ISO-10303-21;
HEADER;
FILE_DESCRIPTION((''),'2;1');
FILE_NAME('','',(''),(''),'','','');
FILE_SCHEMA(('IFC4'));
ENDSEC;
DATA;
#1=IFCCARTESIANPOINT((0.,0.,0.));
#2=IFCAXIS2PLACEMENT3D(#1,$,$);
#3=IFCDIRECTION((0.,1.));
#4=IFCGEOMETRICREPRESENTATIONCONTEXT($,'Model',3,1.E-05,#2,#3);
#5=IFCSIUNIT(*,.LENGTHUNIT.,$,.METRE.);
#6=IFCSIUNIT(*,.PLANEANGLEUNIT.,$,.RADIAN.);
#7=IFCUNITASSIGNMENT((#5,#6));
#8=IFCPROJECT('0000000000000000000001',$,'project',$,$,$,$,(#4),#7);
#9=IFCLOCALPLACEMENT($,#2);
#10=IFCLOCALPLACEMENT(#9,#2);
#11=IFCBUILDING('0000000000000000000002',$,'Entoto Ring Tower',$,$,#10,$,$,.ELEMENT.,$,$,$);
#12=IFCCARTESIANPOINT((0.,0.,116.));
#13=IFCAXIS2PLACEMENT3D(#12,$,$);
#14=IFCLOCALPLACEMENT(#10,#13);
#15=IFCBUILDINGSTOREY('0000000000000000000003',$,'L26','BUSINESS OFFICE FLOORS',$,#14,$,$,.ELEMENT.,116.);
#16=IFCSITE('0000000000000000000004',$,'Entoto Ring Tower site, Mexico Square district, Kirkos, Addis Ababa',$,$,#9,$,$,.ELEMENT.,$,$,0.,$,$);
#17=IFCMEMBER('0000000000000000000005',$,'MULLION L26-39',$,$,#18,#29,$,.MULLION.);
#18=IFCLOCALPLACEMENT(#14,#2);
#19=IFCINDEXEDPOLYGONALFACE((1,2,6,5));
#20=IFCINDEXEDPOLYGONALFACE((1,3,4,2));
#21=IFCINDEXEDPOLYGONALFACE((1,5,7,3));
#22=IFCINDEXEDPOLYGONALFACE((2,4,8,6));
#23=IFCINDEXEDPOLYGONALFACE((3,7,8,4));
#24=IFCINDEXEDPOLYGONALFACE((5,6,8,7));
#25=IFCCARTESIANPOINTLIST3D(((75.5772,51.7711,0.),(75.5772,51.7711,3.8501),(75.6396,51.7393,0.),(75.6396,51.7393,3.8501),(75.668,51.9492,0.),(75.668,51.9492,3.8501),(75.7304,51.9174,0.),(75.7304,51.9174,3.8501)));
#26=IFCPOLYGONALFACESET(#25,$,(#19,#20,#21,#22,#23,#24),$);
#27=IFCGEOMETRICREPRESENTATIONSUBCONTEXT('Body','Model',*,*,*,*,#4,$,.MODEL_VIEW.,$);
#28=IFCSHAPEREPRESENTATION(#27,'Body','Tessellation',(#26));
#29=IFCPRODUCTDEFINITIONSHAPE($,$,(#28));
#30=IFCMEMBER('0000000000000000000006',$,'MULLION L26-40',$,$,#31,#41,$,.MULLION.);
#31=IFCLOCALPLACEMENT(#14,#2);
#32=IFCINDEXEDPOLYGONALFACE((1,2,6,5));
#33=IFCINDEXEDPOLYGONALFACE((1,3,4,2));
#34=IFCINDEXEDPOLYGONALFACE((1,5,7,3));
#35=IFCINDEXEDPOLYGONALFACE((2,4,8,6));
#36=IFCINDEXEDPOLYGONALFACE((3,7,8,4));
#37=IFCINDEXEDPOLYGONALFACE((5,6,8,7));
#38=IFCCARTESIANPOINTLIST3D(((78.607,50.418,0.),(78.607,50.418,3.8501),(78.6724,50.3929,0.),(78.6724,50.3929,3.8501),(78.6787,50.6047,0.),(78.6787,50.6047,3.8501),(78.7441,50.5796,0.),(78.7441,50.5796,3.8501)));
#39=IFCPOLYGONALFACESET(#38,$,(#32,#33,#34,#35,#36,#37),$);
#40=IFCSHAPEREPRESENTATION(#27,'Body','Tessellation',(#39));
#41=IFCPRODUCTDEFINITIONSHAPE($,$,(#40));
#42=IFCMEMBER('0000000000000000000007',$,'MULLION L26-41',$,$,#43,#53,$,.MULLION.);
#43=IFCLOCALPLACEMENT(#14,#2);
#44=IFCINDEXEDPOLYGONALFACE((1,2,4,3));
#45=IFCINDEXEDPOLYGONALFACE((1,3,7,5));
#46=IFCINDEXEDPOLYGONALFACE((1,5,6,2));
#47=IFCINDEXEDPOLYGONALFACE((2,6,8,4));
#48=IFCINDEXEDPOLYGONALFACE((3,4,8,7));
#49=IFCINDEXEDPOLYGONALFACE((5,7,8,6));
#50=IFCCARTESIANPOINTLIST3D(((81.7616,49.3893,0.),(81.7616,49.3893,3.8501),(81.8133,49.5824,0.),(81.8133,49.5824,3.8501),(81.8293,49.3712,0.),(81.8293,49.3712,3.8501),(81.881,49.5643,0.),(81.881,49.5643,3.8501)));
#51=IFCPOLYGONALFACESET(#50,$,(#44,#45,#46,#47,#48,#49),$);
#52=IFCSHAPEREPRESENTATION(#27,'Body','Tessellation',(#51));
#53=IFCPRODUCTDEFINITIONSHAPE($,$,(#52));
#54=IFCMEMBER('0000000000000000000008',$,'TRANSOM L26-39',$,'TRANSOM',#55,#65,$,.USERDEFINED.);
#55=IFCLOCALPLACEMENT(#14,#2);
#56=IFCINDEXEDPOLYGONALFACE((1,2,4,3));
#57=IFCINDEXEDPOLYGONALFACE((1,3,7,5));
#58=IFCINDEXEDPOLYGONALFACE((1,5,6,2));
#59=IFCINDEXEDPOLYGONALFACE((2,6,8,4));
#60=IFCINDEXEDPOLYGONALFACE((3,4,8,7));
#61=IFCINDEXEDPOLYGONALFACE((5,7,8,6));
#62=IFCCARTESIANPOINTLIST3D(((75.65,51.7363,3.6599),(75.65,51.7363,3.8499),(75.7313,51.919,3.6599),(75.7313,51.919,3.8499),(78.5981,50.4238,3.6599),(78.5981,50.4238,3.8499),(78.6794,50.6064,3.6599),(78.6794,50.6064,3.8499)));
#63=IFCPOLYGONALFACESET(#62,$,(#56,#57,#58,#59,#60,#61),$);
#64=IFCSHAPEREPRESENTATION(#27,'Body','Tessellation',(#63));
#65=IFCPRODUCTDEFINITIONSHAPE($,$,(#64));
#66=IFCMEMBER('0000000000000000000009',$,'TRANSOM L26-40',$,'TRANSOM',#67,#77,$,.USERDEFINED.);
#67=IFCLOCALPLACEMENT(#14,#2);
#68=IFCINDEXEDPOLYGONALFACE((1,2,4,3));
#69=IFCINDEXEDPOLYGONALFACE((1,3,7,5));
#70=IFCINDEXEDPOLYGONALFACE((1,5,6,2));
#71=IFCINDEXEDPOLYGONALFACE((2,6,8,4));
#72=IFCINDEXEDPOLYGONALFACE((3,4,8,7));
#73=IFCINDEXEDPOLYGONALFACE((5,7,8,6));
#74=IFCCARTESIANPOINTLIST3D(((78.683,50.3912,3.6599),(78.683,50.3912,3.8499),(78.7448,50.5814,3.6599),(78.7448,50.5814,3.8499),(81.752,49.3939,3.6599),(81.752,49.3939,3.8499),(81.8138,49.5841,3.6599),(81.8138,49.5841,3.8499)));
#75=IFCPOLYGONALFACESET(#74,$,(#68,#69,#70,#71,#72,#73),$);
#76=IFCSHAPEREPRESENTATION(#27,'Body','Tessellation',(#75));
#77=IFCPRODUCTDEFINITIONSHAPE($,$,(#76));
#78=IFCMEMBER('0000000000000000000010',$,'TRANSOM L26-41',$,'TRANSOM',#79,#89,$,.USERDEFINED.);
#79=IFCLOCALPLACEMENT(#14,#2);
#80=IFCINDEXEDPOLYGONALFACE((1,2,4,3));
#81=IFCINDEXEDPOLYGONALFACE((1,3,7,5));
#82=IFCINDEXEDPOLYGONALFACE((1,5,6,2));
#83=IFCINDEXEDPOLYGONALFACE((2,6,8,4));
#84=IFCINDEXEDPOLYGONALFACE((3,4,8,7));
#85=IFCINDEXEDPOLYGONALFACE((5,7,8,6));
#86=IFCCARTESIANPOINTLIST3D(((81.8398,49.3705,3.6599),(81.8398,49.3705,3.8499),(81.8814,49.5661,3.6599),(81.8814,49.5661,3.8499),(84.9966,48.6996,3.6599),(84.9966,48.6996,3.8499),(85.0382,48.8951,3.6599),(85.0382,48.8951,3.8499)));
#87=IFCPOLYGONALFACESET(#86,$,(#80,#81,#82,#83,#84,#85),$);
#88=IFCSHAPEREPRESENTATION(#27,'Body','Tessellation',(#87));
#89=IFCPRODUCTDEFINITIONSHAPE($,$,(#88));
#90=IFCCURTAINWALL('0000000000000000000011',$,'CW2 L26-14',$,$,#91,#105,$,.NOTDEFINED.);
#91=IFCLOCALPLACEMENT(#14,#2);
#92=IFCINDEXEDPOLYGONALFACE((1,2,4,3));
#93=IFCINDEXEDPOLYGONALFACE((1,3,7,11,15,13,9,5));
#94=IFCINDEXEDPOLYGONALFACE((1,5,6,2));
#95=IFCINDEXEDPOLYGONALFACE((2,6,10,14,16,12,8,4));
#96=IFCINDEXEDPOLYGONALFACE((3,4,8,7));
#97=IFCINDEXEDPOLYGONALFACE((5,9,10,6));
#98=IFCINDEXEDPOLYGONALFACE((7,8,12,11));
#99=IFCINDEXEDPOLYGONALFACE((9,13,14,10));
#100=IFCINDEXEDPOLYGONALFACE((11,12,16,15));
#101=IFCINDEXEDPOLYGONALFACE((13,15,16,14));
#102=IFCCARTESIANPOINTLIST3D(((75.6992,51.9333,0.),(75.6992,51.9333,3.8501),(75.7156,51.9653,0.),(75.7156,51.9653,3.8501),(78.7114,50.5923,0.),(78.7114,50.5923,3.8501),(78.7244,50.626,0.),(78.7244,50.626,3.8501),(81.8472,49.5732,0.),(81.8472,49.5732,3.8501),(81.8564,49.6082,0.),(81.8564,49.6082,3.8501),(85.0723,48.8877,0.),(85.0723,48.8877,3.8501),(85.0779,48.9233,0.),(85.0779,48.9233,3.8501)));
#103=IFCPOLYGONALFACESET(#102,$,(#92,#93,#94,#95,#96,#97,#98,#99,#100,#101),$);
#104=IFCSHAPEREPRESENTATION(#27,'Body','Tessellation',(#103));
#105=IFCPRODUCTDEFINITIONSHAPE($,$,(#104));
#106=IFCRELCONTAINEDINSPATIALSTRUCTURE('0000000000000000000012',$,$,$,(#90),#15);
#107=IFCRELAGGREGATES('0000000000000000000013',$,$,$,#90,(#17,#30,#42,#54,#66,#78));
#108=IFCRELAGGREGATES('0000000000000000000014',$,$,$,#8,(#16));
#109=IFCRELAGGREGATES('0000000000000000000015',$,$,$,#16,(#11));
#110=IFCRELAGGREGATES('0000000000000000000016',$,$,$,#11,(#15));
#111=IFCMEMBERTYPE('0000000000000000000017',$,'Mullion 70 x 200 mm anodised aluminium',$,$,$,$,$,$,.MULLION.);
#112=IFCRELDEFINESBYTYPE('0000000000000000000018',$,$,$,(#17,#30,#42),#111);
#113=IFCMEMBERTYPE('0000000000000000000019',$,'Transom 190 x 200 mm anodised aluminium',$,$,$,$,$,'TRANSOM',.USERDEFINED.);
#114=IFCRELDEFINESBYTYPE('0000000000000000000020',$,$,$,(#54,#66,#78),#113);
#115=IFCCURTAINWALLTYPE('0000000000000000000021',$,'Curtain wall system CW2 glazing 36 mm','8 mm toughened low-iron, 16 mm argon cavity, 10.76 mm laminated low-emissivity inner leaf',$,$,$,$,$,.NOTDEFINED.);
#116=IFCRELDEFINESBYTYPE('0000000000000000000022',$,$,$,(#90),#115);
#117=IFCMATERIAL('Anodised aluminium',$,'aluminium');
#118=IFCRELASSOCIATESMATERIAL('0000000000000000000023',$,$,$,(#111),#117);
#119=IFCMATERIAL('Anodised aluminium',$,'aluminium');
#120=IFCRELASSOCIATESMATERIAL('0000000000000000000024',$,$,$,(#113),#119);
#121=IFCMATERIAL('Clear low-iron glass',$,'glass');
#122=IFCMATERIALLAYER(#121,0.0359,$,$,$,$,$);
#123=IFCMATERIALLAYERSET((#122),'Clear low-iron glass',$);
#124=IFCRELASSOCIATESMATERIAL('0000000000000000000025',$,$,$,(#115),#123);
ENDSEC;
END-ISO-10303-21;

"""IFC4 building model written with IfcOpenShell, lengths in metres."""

from ifc_helpers import new_model, si_unit, direction, frame, origin, origin_2d, place, context, subcontext, project, spatial, polyline, rectangle, outline, extrude, material, layer, layer_set, material_profile, profile_set, type_object, element, aggregate, save


model = new_model("IFC4")

# Units and contexts
model_context = context("Model", 3, precision=1e-05, world=origin(), true_north=direction((0.0, 1.0)))
body_context = subcontext(model_context, "Body", "Model", "MODEL_VIEW")
ifc_project = project(units=[si_unit("LENGTHUNIT", "METRE"), si_unit("PLANEANGLEUNIT", "RADIAN")], contexts=[model_context])

# Members
ifc_material_1 = material(Name="Anodised aluminium", Category="aluminium")
ifc_material_profile_1 = material_profile(ifc_material_1, rectangle(XDim=0.0701, YDim=0.2, at=origin_2d()), Name="Mullion 70 x 200 mm anodised aluminium")
ifc_profile_set_1 = profile_set([ifc_material_profile_1], Name="Anodised aluminium")
member_type_1 = type_object("IfcMemberType", Name="Mullion 70 x 200 mm anodised aluminium", PredefinedType="MULLION", material=ifc_profile_set_1)
site_placement = place(None, origin())
building_placement = place(site_placement, origin())
storey_placement = place(building_placement, frame((0.0, 0.0, 116.0)))
member_1_placement = place(storey_placement, frame((75.6538, 51.8442, 0.0), z_axis=(0.0, 0.0, 1.0), x_axis=(0.891007, -0.45399, 0.0)))
member_1 = element("IfcMember", 1, at=member_1_placement, type_object=member_type_1, Name="MULLION L26-39", PredefinedType="MULLION", context=body_context, shape_type="SweptSolid", body=[
    extrude(rectangle(XDim=0.0701, YDim=0.2, at=origin_2d()), origin(), (0.0, 0.0, 1.0), 3.8501),
])
member_2_placement = place(storey_placement, frame((78.6755, 50.4988, 0.0), z_axis=(0.0, 0.0, 1.0), x_axis=(0.93358, -0.358368, 0.0)))
member_2 = element("IfcMember", 2, at=member_2_placement, type_object=member_type_1, Name="MULLION L26-40", PredefinedType="MULLION", context=body_context, shape_type="SweptSolid", body=[
    extrude(rectangle(XDim=0.0701, YDim=0.2, at=origin_2d()), origin(), (0.0, 0.0, 1.0), 3.8501),
])
member_3_placement = place(storey_placement, frame((81.8213, 49.4768, 0.0), z_axis=(0.0, 0.0, 1.0), x_axis=(0.965926, -0.258819, 0.0)))
member_3 = element("IfcMember", 3, at=member_3_placement, type_object=member_type_1, Name="MULLION L26-41", PredefinedType="MULLION", context=body_context, shape_type="SweptSolid", body=[
    extrude(rectangle(XDim=0.0701, YDim=0.2, at=origin_2d()), origin(), (0.0, 0.0, 1.0), 3.8501),
])
ifc_material_2 = material(Name="Anodised aluminium", Category="aluminium")
ifc_material_profile_2 = material_profile(ifc_material_2, rectangle(XDim=0.2, YDim=0.1899, at=origin_2d()), Name="Transom 190 x 200 mm anodised aluminium")
ifc_profile_set_2 = profile_set([ifc_material_profile_2], Name="Anodised aluminium")
member_type_2 = type_object("IfcMemberType", Name="Transom 190 x 200 mm anodised aluminium", ElementType="TRANSOM", PredefinedType="USERDEFINED", material=ifc_profile_set_2)
member_4_placement = place(storey_placement, frame((75.6907, 51.8276, 3.7549), z_axis=(0.913549, -0.406728, 0.0), x_axis=(0.406728, 0.913549, 0.0)))
member_4 = element("IfcMember", 4, at=member_4_placement, type_object=member_type_2, Name="TRANSOM L26-39", ObjectType="TRANSOM", PredefinedType="USERDEFINED", context=body_context, shape_type="SweptSolid", body=[
    extrude(rectangle(XDim=0.2, YDim=0.1899, at=origin_2d()), origin(), (0.0, 0.0, 1.0), 3.2271),
])
member_5_placement = place(storey_placement, frame((78.7139, 50.4863, 3.7549), z_axis=(0.951047, -0.309047, 0.0), x_axis=(0.309047, 0.951047, 0.0)))
member_5 = element("IfcMember", 5, at=member_5_placement, type_object=member_type_2, Name="TRANSOM L26-40", ObjectType="TRANSOM", PredefinedType="USERDEFINED", context=body_context, shape_type="SweptSolid", body=[
    extrude(rectangle(XDim=0.2, YDim=0.1899, at=origin_2d()), origin(), (0.0, 0.0, 1.0), 3.2271),
])
member_6_placement = place(storey_placement, frame((81.8606, 49.4683, 3.7549), z_axis=(0.978153, -0.207886, 0.0), x_axis=(0.207886, 0.978153, 0.0)))
member_6 = element("IfcMember", 6, at=member_6_placement, type_object=member_type_2, Name="TRANSOM L26-41", ObjectType="TRANSOM", PredefinedType="USERDEFINED", context=body_context, shape_type="SweptSolid", body=[
    extrude(rectangle(XDim=0.2, YDim=0.1899, at=origin_2d()), origin(), (0.0, 0.0, 1.0), 3.2273),
])

# Site, building, storey
site = spatial("IfcSite", under=ifc_project, at=site_placement, Name="Entoto Ring Tower site, Mexico Square district, Kirkos, Addis Ababa", CompositionType="ELEMENT", RefElevation=0.0)
building = spatial("IfcBuilding", under=site, at=building_placement, Name="Entoto Ring Tower", CompositionType="ELEMENT")
storey = spatial("IfcBuildingStorey", under=building, at=storey_placement, Name="L26", Description="BUSINESS OFFICE FLOORS", CompositionType="ELEMENT", Elevation=116.0)

# Curtain wall
ifc_material_3 = material(Name="Clear low-iron glass", Category="glass")
ifc_layer = layer(ifc_material_3, 0.0359)
ifc_layer_set = layer_set([ifc_layer], Name="Clear low-iron glass")
curtain_wall_type = type_object("IfcCurtainWallType", Name="Curtain wall system CW2 glazing 36 mm", Description="8 mm toughened low-iron, 16 mm argon cavity, 10.76 mm laminated low-emissivity inner leaf", PredefinedType="NOTDEFINED", material=ifc_layer_set)
curtain_wall_1_placement = place(storey_placement, origin())
curtain_wall_1 = element("IfcCurtainWall", 7, at=curtain_wall_1_placement, inside=storey, type_object=curtain_wall_type, Name="CW2 L26-14", PredefinedType="NOTDEFINED", context=body_context, shape_type="SweptSolid", body=[
    extrude(outline(polyline([(75.6992, 51.9333), (78.7114, 50.5923), (81.8472, 49.5732), (85.0723, 48.8877), (85.0779, 48.9233), (81.8564, 49.6082), (78.7244, 50.626), (75.7156, 51.9653), (75.6992, 51.9333)])), origin(), (0.0, 0.0, 1.0), 3.8501),
])
aggregate(curtain_wall_1, [member_1, member_2, member_3, member_4, member_5, member_6])

save(model, "model.ifc")
